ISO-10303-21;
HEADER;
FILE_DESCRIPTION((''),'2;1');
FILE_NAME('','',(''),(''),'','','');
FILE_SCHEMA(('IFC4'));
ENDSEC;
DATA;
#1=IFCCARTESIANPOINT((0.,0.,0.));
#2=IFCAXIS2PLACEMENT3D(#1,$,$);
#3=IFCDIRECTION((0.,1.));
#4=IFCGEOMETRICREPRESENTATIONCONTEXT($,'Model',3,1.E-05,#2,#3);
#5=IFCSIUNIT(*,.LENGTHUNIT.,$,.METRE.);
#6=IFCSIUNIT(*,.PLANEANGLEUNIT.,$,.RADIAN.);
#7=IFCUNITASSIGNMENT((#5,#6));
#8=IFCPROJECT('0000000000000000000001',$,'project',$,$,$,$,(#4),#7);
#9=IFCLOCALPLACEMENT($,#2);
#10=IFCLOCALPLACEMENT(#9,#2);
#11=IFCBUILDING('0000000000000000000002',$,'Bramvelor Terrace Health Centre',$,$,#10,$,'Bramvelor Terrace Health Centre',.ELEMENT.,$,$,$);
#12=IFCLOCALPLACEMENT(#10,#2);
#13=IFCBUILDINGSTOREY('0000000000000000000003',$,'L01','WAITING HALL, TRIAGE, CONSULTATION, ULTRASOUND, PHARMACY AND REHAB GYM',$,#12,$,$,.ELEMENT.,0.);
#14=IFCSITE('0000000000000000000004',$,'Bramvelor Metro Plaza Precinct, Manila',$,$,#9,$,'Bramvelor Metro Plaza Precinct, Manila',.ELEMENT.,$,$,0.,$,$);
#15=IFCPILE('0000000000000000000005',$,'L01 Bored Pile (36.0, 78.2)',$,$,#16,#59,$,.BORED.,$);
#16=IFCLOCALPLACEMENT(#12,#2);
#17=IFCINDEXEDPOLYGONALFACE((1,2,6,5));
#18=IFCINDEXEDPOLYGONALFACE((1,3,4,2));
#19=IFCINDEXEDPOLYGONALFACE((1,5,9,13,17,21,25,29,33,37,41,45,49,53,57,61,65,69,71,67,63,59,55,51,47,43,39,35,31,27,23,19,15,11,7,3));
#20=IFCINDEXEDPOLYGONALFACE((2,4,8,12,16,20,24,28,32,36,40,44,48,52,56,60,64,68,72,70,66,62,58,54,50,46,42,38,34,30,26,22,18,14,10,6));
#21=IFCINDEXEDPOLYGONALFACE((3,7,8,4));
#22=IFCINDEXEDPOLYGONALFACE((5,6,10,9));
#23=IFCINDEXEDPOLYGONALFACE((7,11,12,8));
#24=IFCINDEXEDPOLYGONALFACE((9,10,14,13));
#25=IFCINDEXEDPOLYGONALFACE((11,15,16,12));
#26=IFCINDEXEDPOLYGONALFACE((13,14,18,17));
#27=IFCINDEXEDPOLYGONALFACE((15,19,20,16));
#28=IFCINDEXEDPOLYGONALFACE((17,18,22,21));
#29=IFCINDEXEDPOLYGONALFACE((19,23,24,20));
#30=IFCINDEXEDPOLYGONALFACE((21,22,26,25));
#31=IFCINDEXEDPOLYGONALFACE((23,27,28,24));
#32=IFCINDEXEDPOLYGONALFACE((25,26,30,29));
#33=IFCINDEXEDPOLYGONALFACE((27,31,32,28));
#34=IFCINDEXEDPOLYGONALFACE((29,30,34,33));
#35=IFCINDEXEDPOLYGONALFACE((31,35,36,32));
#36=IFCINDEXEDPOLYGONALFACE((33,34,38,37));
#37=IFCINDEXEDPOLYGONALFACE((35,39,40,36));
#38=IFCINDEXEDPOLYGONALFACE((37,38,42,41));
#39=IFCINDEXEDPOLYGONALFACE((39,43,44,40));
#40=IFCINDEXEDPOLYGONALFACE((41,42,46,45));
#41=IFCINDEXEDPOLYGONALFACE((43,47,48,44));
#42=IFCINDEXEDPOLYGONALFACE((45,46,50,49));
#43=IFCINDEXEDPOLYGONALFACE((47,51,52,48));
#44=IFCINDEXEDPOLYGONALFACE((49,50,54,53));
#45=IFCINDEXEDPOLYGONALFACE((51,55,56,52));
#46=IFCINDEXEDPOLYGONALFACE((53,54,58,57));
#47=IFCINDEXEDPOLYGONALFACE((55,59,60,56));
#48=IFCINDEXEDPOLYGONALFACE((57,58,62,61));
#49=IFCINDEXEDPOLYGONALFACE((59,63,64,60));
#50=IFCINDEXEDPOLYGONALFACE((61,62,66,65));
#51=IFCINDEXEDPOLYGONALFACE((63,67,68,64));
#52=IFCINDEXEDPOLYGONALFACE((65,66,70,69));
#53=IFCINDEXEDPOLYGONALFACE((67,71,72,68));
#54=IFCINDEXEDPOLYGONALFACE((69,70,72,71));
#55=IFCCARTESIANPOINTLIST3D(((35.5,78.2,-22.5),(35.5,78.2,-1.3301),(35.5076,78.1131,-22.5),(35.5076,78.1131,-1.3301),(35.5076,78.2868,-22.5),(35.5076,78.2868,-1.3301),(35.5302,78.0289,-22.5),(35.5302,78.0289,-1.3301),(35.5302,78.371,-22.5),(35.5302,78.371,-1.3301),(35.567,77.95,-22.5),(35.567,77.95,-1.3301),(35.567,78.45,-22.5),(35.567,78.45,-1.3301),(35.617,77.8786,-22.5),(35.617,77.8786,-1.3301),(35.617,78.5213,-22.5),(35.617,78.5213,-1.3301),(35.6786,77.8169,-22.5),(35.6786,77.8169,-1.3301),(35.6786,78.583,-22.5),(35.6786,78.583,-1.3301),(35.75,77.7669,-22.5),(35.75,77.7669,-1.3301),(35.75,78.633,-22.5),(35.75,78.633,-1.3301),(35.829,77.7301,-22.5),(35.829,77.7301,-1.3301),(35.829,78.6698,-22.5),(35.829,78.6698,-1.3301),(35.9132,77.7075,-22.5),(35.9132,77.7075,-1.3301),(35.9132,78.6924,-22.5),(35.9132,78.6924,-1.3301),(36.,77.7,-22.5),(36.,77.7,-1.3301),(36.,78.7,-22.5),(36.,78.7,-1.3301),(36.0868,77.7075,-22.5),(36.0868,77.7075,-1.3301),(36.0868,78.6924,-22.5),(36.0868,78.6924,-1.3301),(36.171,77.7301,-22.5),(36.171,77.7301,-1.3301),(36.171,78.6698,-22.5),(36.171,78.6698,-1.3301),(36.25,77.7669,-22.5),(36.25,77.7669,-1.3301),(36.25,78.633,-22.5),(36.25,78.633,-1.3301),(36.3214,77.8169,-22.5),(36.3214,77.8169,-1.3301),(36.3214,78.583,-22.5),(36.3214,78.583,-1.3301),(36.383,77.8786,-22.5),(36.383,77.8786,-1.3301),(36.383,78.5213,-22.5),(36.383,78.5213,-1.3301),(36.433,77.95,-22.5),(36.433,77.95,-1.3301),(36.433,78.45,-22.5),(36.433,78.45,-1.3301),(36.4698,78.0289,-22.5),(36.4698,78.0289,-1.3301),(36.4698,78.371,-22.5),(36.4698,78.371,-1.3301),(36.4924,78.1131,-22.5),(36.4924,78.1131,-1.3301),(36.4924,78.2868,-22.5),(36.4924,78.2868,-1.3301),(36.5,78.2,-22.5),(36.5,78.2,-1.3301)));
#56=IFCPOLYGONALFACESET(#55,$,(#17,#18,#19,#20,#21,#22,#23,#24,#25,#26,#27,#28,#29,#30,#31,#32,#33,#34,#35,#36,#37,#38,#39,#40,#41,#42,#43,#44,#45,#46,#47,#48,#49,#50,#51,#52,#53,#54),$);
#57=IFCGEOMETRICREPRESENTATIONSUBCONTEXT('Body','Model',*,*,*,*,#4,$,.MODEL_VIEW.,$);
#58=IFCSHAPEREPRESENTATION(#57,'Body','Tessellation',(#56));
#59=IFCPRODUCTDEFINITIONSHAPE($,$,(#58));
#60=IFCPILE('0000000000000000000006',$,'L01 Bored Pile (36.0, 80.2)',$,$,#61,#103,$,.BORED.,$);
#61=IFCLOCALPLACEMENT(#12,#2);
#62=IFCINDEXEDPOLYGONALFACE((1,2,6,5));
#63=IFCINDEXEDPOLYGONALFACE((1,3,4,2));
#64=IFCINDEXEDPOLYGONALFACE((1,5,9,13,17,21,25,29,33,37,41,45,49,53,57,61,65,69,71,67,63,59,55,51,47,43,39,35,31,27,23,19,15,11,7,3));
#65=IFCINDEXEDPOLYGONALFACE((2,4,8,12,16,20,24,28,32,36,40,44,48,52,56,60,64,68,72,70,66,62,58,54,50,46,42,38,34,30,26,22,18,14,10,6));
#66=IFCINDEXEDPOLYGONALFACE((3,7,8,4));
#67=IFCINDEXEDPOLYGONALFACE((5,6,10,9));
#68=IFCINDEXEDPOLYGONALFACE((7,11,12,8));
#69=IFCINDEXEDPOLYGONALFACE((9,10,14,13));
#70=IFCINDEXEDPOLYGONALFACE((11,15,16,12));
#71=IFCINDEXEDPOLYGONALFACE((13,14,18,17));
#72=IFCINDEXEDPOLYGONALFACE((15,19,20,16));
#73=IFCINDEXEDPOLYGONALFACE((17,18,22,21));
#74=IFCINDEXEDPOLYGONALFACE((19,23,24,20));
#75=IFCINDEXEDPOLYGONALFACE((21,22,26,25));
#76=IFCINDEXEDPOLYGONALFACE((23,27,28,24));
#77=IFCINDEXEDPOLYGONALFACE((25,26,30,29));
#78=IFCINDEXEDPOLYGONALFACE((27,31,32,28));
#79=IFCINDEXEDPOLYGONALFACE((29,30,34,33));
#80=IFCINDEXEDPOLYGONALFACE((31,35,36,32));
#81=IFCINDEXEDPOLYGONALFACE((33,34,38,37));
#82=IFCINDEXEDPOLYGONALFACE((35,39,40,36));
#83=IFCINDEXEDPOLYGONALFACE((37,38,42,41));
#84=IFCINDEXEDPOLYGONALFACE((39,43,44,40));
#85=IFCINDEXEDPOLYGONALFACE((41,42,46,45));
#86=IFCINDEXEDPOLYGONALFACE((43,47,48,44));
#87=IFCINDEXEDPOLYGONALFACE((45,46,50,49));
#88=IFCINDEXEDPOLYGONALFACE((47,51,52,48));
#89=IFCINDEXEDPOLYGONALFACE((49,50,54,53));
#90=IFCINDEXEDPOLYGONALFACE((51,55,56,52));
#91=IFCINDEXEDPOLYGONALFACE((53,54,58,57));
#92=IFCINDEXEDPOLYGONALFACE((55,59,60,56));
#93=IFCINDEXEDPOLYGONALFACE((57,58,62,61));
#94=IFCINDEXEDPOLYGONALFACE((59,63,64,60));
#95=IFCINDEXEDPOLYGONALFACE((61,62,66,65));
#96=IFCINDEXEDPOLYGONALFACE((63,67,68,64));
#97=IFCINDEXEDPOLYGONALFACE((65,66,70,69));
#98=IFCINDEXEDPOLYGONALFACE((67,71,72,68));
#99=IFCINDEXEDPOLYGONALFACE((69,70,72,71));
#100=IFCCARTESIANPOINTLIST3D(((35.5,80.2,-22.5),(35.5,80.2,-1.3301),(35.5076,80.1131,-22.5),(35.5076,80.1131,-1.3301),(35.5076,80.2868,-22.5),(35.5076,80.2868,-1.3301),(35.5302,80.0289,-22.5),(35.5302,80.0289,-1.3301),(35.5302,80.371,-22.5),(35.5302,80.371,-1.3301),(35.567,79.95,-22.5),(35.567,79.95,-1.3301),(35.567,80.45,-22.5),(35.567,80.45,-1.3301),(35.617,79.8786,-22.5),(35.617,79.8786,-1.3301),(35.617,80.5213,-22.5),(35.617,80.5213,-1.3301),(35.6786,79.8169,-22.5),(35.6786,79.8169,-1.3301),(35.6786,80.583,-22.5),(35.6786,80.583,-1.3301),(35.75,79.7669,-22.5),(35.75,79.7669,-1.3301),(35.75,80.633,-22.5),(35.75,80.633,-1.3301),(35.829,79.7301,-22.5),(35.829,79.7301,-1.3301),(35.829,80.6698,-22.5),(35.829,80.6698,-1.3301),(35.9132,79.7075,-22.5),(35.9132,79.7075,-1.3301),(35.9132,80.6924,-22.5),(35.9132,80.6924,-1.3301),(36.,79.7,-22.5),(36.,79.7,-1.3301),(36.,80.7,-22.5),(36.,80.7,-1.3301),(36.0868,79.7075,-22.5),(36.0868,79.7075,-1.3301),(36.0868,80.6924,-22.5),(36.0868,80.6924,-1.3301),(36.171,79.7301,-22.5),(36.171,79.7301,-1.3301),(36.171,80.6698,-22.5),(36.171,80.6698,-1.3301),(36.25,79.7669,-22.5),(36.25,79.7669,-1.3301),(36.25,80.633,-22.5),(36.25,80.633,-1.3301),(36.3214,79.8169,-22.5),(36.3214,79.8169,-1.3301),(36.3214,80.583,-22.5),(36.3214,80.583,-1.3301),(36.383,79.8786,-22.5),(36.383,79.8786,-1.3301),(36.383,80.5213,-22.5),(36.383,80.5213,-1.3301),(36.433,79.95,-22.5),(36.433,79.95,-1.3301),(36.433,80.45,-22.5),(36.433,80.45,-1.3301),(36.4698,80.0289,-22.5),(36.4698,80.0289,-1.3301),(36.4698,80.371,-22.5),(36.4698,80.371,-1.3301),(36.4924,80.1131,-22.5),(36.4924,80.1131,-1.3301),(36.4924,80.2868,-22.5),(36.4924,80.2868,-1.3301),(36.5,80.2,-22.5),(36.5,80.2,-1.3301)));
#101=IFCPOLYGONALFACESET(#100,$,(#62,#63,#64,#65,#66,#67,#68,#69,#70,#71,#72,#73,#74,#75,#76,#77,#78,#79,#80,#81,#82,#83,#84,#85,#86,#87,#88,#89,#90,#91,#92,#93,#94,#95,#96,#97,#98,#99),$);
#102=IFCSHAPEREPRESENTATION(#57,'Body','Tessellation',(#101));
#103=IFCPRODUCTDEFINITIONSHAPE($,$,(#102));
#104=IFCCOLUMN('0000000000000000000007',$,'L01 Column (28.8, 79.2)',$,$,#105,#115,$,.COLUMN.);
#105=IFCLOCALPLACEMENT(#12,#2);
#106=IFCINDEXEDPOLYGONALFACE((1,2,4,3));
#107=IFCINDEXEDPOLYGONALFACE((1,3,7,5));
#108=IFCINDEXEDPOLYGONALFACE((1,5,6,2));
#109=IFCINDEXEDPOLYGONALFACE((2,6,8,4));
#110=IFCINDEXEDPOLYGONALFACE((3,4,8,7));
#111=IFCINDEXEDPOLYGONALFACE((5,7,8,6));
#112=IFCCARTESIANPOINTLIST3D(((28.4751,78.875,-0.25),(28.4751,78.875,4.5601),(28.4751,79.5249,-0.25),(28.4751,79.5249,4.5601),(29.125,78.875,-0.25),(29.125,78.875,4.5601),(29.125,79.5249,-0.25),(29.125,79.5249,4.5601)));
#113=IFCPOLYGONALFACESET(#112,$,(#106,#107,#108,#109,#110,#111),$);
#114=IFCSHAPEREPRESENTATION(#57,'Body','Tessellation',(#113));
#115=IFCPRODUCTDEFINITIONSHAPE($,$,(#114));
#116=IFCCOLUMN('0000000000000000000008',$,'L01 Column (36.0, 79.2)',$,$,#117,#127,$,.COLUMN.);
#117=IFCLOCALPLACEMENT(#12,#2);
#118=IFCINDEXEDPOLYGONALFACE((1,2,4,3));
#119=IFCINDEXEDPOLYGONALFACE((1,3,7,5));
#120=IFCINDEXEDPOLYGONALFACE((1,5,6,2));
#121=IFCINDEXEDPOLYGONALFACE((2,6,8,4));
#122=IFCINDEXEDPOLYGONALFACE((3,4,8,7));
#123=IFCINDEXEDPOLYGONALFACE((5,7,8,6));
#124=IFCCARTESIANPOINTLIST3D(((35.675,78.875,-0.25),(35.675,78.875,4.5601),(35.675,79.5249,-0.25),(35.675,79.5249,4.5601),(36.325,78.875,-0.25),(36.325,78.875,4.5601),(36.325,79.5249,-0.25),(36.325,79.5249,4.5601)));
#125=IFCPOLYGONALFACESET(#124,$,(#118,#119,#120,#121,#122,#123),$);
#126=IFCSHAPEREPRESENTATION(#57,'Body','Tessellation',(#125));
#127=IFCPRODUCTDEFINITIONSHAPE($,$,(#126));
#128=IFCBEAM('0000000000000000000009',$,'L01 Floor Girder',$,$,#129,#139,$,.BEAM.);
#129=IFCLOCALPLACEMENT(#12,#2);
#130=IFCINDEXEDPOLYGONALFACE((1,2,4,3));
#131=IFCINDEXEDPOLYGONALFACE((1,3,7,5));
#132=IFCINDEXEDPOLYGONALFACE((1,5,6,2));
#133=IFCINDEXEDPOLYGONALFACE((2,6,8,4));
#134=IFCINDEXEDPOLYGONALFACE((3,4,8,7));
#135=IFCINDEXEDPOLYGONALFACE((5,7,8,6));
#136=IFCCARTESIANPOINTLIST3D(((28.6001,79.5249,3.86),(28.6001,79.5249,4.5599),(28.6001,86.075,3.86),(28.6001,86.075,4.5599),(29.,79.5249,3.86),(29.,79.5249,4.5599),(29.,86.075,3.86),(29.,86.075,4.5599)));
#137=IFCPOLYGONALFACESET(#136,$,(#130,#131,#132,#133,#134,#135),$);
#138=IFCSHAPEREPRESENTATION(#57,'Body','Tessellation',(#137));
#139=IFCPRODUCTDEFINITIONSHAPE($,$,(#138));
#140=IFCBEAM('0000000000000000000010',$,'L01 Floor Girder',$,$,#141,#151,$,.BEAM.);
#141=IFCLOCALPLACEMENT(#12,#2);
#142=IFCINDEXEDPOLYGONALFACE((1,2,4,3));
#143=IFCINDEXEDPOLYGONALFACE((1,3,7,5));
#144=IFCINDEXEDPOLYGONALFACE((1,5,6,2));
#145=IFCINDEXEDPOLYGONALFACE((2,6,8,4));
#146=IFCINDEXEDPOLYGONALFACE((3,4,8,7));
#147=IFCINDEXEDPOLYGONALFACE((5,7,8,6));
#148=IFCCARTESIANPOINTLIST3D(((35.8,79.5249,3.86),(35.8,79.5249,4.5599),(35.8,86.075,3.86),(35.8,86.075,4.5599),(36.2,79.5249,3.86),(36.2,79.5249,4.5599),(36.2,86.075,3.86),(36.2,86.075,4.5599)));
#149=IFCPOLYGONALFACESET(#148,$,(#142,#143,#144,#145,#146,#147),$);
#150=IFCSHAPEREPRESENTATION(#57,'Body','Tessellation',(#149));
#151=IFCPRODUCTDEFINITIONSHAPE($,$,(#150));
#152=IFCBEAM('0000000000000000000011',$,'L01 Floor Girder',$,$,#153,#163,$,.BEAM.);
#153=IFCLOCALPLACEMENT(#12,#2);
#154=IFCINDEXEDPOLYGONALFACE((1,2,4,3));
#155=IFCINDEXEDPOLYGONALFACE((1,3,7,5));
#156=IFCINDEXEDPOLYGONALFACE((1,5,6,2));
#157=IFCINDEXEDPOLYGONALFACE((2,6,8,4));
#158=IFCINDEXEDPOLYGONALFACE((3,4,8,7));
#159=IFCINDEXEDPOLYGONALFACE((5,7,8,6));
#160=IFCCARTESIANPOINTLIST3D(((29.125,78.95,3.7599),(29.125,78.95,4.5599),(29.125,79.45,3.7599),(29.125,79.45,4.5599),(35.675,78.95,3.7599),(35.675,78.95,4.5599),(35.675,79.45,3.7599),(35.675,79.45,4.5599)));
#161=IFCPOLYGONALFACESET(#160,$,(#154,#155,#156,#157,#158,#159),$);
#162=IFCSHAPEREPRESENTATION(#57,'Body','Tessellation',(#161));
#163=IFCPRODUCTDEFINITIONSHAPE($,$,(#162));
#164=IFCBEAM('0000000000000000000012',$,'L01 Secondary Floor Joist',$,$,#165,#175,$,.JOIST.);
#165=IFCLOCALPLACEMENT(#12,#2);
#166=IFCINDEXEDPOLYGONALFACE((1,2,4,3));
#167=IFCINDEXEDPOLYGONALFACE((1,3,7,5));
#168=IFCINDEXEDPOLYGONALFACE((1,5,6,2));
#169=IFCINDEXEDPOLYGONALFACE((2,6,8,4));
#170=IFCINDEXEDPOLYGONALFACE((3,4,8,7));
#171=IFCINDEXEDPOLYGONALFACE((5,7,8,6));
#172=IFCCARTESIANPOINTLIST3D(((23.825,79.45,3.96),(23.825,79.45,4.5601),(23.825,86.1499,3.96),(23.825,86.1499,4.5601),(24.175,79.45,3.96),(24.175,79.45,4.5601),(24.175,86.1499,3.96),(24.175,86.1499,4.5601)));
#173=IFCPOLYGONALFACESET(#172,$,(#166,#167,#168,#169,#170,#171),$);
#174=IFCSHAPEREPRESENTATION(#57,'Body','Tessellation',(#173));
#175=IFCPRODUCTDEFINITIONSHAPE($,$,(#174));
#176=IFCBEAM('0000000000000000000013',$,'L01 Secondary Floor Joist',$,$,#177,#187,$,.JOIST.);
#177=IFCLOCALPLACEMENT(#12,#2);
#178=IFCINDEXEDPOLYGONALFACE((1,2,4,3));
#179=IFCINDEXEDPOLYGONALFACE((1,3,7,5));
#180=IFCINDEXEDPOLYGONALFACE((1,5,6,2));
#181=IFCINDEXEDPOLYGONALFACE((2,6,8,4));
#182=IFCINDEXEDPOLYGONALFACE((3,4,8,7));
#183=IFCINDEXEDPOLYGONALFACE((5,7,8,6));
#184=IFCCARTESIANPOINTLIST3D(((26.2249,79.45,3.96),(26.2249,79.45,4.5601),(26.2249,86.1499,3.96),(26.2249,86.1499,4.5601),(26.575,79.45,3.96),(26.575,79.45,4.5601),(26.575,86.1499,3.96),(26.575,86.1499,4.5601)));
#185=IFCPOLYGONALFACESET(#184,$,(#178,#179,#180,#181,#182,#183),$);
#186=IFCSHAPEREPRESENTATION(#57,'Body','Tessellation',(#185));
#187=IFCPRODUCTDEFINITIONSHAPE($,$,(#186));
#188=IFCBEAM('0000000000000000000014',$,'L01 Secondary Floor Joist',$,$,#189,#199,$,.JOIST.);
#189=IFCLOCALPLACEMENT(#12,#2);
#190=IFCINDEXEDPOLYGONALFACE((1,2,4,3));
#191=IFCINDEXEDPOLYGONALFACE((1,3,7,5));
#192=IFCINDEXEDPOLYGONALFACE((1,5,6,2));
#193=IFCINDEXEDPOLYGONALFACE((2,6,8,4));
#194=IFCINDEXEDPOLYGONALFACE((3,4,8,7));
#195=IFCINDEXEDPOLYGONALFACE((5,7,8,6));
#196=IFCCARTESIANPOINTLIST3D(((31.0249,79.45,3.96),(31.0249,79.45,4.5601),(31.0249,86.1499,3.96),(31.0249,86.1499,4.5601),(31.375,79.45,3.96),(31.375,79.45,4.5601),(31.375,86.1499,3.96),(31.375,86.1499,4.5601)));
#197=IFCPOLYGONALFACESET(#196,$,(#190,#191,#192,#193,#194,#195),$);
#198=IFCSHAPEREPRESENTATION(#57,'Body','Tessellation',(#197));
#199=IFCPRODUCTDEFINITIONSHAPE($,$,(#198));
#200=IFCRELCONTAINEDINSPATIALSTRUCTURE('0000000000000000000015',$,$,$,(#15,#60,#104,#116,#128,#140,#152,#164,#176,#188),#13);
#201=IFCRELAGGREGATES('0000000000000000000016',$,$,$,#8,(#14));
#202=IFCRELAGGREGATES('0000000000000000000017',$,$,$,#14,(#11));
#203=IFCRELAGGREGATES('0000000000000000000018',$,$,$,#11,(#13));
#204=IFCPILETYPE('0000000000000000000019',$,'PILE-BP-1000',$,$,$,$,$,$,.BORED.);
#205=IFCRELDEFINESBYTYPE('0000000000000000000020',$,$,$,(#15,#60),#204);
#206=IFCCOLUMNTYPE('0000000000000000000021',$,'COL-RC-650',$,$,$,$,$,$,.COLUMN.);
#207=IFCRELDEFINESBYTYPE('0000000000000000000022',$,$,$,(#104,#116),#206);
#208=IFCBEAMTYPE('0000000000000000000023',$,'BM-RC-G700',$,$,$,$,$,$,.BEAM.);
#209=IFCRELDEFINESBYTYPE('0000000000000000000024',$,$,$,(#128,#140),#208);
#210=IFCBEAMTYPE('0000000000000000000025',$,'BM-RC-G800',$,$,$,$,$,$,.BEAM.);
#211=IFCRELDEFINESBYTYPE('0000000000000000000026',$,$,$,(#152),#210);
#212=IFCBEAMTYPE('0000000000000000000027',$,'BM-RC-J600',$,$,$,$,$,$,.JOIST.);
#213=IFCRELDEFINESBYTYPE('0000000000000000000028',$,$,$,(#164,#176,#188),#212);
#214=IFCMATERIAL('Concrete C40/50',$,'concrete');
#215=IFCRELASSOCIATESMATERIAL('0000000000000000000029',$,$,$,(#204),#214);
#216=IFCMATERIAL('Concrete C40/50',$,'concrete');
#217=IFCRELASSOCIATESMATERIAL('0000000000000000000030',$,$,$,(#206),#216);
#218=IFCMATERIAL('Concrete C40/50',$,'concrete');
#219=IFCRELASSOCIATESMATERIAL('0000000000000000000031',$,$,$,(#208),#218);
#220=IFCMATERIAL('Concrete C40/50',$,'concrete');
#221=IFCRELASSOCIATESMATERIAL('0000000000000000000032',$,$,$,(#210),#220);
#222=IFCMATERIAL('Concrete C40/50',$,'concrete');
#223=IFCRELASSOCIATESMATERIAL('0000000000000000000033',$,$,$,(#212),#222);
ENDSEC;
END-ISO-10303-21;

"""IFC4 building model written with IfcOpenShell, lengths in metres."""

from ifc_helpers import new_model, si_unit, direction, frame, origin, origin_2d, place, context, subcontext, project, spatial, rectangle, circle, extrude, material, material_profile, profile_set, type_object, element, save


model = new_model("IFC4")

# Units and contexts
model_context = context("Model", 3, precision=1e-05, world=origin(), true_north=direction((0.0, 1.0)))
body_context = subcontext(model_context, "Body", "Model", "MODEL_VIEW")
ifc_project = project(units=[si_unit("LENGTHUNIT", "METRE"), si_unit("PLANEANGLEUNIT", "RADIAN")], contexts=[model_context])

# Site, building, storey
site_placement = place(None, origin())
site = spatial("IfcSite", under=ifc_project, at=site_placement, Name="Bramvelor Metro Plaza Precinct, Manila", LongName="Bramvelor Metro Plaza Precinct, Manila", CompositionType="ELEMENT", RefElevation=0.0)
building_placement = place(site_placement, origin())
building = spatial("IfcBuilding", under=site, at=building_placement, Name="Bramvelor Terrace Health Centre", LongName="Bramvelor Terrace Health Centre", CompositionType="ELEMENT")
storey_placement = place(building_placement, origin())
storey = spatial("IfcBuildingStorey", under=building, at=storey_placement, Name="L01", Description="WAITING HALL, TRIAGE, CONSULTATION, ULTRASOUND, PHARMACY AND REHAB GYM", CompositionType="ELEMENT", Elevation=0.0)

# Piles
ifc_material_1 = material(Name="Concrete C40/50", Category="concrete")
ifc_material_profile_1 = material_profile(ifc_material_1, circle(Radius=0.5, at=origin_2d()), Name="BP D1000")
ifc_profile_set_1 = profile_set([ifc_material_profile_1], Name="Concrete C40/50")
pile_type = type_object("IfcPileType", Name="PILE-BP-1000", PredefinedType="BORED", material=ifc_profile_set_1)
for number, where, z_axis, x_axis, name in (
    (1, (36.0, 78.2, -1.3301), (0.0, 0.0, -1.0), (1.0, 0.0, 0.0), "L01 Bored Pile (36.0, 78.2)"),
    (2, (36.0, 80.2, -1.3301), (0.0, 0.0, -1.0), (1.0, 0.0, 0.0), "L01 Bored Pile (36.0, 80.2)"),
):
    element("IfcPile", number, at=place(storey_placement, frame(where, z_axis=z_axis, x_axis=x_axis)), inside=storey, type_object=pile_type, Name=name, PredefinedType="BORED", context=body_context, shape_type="SweptSolid", body=[
        extrude(circle(Radius=0.5, at=origin_2d()), origin(), (0.0, 0.0, 1.0), 21.1699),
    ])

# Columns
ifc_material_2 = material(Name="Concrete C40/50", Category="concrete")
ifc_material_profile_2 = material_profile(ifc_material_2, rectangle(XDim=0.6499, YDim=0.6499, at=origin_2d()), Name="RC 650x650")
ifc_profile_set_2 = profile_set([ifc_material_profile_2], Name="Concrete C40/50")
column_type = type_object("IfcColumnType", Name="COL-RC-650", PredefinedType="COLUMN", material=ifc_profile_set_2)
for number, where, z_axis, x_axis, name in (
    (3, (28.8, 79.2, -0.25), (0.0, 0.0, 1.0), (1.0, 0.0, 0.0), "L01 Column (28.8, 79.2)"),
    (4, (36.0, 79.2, -0.25), (0.0, 0.0, 1.0), (1.0, 0.0, 0.0), "L01 Column (36.0, 79.2)"),
):
    element("IfcColumn", number, at=place(storey_placement, frame(where, z_axis=z_axis, x_axis=x_axis)), inside=storey, type_object=column_type, Name=name, PredefinedType="COLUMN", context=body_context, shape_type="SweptSolid", body=[
        extrude(rectangle(XDim=0.6499, YDim=0.6499, at=origin_2d()), origin(), (0.0, 0.0, 1.0), 4.8101),
    ])

# Beams
ifc_material_3 = material(Name="Concrete C40/50", Category="concrete")
ifc_material_profile_3 = material_profile(ifc_material_3, rectangle(XDim=0.3999, YDim=0.7, at=origin_2d()), Name="RC 400x700")
ifc_profile_set_3 = profile_set([ifc_material_profile_3], Name="Concrete C40/50")
beam_type_1 = type_object("IfcBeamType", Name="BM-RC-G700", PredefinedType="BEAM", material=ifc_profile_set_3)
for number, where, z_axis, x_axis, name in (
    (5, (28.8, 79.5249, 4.21), (0.0, 1.0, 0.0), (-1.0, 0.0, 0.0), "L01 Floor Girder"),
    (6, (36.0, 79.5249, 4.21), (0.0, 1.0, 0.0), (-1.0, 0.0, 0.0), "L01 Floor Girder"),
):
    element("IfcBeam", number, at=place(storey_placement, frame(where, z_axis=z_axis, x_axis=x_axis)), inside=storey, type_object=beam_type_1, Name=name, PredefinedType="BEAM", context=body_context, shape_type="SweptSolid", body=[
        extrude(rectangle(XDim=0.3999, YDim=0.7, at=origin_2d()), origin(), (0.0, 0.0, 1.0), 6.55),
    ])
ifc_material_4 = material(Name="Concrete C40/50", Category="concrete")
ifc_material_profile_4 = material_profile(ifc_material_4, rectangle(XDim=0.5, YDim=0.8, at=origin_2d()), Name="RC 500x800")
ifc_profile_set_4 = profile_set([ifc_material_profile_4], Name="Concrete C40/50")
beam_type_2 = type_object("IfcBeamType", Name="BM-RC-G800", PredefinedType="BEAM", material=ifc_profile_set_4)
beam_placement = place(storey_placement, frame((29.125, 79.2, 4.1599), z_axis=(1.0, 0.0, 0.0), x_axis=(0.0, 1.0, 0.0)))
element("IfcBeam", 7, at=beam_placement, inside=storey, type_object=beam_type_2, Name="L01 Floor Girder", PredefinedType="BEAM", context=body_context, shape_type="SweptSolid", body=[
    extrude(rectangle(XDim=0.5, YDim=0.8, at=origin_2d()), origin(), (0.0, 0.0, 1.0), 6.55),
])
ifc_material_5 = material(Name="Concrete C40/50", Category="concrete")
ifc_material_profile_5 = material_profile(ifc_material_5, rectangle(XDim=0.3501, YDim=0.6001, at=origin_2d()), Name="RC 350x600")
ifc_profile_set_5 = profile_set([ifc_material_profile_5], Name="Concrete C40/50")
beam_type_3 = type_object("IfcBeamType", Name="BM-RC-J600", PredefinedType="JOIST", material=ifc_profile_set_5)
for number, where, z_axis, x_axis, name in (
    (8, (24.0, 79.45, 4.26), (0.0, 1.0, 0.0), (-1.0, 0.0, 0.0), "L01 Secondary Floor Joist"),
    (9, (26.3999, 79.45, 4.26), (0.0, 1.0, 0.0), (-1.0, 0.0, 0.0), "L01 Secondary Floor Joist"),
    (10, (31.2, 79.45, 4.26), (0.0, 1.0, 0.0), (-1.0, 0.0, 0.0), "L01 Secondary Floor Joist"),
):
    element("IfcBeam", number, at=place(storey_placement, frame(where, z_axis=z_axis, x_axis=x_axis)), inside=storey, type_object=beam_type_3, Name=name, PredefinedType="JOIST", context=body_context, shape_type="SweptSolid", body=[
        extrude(rectangle(XDim=0.3501, YDim=0.6001, at=origin_2d()), origin(), (0.0, 0.0, 1.0), 6.7),
    ])

save(model, "model.ifc")
